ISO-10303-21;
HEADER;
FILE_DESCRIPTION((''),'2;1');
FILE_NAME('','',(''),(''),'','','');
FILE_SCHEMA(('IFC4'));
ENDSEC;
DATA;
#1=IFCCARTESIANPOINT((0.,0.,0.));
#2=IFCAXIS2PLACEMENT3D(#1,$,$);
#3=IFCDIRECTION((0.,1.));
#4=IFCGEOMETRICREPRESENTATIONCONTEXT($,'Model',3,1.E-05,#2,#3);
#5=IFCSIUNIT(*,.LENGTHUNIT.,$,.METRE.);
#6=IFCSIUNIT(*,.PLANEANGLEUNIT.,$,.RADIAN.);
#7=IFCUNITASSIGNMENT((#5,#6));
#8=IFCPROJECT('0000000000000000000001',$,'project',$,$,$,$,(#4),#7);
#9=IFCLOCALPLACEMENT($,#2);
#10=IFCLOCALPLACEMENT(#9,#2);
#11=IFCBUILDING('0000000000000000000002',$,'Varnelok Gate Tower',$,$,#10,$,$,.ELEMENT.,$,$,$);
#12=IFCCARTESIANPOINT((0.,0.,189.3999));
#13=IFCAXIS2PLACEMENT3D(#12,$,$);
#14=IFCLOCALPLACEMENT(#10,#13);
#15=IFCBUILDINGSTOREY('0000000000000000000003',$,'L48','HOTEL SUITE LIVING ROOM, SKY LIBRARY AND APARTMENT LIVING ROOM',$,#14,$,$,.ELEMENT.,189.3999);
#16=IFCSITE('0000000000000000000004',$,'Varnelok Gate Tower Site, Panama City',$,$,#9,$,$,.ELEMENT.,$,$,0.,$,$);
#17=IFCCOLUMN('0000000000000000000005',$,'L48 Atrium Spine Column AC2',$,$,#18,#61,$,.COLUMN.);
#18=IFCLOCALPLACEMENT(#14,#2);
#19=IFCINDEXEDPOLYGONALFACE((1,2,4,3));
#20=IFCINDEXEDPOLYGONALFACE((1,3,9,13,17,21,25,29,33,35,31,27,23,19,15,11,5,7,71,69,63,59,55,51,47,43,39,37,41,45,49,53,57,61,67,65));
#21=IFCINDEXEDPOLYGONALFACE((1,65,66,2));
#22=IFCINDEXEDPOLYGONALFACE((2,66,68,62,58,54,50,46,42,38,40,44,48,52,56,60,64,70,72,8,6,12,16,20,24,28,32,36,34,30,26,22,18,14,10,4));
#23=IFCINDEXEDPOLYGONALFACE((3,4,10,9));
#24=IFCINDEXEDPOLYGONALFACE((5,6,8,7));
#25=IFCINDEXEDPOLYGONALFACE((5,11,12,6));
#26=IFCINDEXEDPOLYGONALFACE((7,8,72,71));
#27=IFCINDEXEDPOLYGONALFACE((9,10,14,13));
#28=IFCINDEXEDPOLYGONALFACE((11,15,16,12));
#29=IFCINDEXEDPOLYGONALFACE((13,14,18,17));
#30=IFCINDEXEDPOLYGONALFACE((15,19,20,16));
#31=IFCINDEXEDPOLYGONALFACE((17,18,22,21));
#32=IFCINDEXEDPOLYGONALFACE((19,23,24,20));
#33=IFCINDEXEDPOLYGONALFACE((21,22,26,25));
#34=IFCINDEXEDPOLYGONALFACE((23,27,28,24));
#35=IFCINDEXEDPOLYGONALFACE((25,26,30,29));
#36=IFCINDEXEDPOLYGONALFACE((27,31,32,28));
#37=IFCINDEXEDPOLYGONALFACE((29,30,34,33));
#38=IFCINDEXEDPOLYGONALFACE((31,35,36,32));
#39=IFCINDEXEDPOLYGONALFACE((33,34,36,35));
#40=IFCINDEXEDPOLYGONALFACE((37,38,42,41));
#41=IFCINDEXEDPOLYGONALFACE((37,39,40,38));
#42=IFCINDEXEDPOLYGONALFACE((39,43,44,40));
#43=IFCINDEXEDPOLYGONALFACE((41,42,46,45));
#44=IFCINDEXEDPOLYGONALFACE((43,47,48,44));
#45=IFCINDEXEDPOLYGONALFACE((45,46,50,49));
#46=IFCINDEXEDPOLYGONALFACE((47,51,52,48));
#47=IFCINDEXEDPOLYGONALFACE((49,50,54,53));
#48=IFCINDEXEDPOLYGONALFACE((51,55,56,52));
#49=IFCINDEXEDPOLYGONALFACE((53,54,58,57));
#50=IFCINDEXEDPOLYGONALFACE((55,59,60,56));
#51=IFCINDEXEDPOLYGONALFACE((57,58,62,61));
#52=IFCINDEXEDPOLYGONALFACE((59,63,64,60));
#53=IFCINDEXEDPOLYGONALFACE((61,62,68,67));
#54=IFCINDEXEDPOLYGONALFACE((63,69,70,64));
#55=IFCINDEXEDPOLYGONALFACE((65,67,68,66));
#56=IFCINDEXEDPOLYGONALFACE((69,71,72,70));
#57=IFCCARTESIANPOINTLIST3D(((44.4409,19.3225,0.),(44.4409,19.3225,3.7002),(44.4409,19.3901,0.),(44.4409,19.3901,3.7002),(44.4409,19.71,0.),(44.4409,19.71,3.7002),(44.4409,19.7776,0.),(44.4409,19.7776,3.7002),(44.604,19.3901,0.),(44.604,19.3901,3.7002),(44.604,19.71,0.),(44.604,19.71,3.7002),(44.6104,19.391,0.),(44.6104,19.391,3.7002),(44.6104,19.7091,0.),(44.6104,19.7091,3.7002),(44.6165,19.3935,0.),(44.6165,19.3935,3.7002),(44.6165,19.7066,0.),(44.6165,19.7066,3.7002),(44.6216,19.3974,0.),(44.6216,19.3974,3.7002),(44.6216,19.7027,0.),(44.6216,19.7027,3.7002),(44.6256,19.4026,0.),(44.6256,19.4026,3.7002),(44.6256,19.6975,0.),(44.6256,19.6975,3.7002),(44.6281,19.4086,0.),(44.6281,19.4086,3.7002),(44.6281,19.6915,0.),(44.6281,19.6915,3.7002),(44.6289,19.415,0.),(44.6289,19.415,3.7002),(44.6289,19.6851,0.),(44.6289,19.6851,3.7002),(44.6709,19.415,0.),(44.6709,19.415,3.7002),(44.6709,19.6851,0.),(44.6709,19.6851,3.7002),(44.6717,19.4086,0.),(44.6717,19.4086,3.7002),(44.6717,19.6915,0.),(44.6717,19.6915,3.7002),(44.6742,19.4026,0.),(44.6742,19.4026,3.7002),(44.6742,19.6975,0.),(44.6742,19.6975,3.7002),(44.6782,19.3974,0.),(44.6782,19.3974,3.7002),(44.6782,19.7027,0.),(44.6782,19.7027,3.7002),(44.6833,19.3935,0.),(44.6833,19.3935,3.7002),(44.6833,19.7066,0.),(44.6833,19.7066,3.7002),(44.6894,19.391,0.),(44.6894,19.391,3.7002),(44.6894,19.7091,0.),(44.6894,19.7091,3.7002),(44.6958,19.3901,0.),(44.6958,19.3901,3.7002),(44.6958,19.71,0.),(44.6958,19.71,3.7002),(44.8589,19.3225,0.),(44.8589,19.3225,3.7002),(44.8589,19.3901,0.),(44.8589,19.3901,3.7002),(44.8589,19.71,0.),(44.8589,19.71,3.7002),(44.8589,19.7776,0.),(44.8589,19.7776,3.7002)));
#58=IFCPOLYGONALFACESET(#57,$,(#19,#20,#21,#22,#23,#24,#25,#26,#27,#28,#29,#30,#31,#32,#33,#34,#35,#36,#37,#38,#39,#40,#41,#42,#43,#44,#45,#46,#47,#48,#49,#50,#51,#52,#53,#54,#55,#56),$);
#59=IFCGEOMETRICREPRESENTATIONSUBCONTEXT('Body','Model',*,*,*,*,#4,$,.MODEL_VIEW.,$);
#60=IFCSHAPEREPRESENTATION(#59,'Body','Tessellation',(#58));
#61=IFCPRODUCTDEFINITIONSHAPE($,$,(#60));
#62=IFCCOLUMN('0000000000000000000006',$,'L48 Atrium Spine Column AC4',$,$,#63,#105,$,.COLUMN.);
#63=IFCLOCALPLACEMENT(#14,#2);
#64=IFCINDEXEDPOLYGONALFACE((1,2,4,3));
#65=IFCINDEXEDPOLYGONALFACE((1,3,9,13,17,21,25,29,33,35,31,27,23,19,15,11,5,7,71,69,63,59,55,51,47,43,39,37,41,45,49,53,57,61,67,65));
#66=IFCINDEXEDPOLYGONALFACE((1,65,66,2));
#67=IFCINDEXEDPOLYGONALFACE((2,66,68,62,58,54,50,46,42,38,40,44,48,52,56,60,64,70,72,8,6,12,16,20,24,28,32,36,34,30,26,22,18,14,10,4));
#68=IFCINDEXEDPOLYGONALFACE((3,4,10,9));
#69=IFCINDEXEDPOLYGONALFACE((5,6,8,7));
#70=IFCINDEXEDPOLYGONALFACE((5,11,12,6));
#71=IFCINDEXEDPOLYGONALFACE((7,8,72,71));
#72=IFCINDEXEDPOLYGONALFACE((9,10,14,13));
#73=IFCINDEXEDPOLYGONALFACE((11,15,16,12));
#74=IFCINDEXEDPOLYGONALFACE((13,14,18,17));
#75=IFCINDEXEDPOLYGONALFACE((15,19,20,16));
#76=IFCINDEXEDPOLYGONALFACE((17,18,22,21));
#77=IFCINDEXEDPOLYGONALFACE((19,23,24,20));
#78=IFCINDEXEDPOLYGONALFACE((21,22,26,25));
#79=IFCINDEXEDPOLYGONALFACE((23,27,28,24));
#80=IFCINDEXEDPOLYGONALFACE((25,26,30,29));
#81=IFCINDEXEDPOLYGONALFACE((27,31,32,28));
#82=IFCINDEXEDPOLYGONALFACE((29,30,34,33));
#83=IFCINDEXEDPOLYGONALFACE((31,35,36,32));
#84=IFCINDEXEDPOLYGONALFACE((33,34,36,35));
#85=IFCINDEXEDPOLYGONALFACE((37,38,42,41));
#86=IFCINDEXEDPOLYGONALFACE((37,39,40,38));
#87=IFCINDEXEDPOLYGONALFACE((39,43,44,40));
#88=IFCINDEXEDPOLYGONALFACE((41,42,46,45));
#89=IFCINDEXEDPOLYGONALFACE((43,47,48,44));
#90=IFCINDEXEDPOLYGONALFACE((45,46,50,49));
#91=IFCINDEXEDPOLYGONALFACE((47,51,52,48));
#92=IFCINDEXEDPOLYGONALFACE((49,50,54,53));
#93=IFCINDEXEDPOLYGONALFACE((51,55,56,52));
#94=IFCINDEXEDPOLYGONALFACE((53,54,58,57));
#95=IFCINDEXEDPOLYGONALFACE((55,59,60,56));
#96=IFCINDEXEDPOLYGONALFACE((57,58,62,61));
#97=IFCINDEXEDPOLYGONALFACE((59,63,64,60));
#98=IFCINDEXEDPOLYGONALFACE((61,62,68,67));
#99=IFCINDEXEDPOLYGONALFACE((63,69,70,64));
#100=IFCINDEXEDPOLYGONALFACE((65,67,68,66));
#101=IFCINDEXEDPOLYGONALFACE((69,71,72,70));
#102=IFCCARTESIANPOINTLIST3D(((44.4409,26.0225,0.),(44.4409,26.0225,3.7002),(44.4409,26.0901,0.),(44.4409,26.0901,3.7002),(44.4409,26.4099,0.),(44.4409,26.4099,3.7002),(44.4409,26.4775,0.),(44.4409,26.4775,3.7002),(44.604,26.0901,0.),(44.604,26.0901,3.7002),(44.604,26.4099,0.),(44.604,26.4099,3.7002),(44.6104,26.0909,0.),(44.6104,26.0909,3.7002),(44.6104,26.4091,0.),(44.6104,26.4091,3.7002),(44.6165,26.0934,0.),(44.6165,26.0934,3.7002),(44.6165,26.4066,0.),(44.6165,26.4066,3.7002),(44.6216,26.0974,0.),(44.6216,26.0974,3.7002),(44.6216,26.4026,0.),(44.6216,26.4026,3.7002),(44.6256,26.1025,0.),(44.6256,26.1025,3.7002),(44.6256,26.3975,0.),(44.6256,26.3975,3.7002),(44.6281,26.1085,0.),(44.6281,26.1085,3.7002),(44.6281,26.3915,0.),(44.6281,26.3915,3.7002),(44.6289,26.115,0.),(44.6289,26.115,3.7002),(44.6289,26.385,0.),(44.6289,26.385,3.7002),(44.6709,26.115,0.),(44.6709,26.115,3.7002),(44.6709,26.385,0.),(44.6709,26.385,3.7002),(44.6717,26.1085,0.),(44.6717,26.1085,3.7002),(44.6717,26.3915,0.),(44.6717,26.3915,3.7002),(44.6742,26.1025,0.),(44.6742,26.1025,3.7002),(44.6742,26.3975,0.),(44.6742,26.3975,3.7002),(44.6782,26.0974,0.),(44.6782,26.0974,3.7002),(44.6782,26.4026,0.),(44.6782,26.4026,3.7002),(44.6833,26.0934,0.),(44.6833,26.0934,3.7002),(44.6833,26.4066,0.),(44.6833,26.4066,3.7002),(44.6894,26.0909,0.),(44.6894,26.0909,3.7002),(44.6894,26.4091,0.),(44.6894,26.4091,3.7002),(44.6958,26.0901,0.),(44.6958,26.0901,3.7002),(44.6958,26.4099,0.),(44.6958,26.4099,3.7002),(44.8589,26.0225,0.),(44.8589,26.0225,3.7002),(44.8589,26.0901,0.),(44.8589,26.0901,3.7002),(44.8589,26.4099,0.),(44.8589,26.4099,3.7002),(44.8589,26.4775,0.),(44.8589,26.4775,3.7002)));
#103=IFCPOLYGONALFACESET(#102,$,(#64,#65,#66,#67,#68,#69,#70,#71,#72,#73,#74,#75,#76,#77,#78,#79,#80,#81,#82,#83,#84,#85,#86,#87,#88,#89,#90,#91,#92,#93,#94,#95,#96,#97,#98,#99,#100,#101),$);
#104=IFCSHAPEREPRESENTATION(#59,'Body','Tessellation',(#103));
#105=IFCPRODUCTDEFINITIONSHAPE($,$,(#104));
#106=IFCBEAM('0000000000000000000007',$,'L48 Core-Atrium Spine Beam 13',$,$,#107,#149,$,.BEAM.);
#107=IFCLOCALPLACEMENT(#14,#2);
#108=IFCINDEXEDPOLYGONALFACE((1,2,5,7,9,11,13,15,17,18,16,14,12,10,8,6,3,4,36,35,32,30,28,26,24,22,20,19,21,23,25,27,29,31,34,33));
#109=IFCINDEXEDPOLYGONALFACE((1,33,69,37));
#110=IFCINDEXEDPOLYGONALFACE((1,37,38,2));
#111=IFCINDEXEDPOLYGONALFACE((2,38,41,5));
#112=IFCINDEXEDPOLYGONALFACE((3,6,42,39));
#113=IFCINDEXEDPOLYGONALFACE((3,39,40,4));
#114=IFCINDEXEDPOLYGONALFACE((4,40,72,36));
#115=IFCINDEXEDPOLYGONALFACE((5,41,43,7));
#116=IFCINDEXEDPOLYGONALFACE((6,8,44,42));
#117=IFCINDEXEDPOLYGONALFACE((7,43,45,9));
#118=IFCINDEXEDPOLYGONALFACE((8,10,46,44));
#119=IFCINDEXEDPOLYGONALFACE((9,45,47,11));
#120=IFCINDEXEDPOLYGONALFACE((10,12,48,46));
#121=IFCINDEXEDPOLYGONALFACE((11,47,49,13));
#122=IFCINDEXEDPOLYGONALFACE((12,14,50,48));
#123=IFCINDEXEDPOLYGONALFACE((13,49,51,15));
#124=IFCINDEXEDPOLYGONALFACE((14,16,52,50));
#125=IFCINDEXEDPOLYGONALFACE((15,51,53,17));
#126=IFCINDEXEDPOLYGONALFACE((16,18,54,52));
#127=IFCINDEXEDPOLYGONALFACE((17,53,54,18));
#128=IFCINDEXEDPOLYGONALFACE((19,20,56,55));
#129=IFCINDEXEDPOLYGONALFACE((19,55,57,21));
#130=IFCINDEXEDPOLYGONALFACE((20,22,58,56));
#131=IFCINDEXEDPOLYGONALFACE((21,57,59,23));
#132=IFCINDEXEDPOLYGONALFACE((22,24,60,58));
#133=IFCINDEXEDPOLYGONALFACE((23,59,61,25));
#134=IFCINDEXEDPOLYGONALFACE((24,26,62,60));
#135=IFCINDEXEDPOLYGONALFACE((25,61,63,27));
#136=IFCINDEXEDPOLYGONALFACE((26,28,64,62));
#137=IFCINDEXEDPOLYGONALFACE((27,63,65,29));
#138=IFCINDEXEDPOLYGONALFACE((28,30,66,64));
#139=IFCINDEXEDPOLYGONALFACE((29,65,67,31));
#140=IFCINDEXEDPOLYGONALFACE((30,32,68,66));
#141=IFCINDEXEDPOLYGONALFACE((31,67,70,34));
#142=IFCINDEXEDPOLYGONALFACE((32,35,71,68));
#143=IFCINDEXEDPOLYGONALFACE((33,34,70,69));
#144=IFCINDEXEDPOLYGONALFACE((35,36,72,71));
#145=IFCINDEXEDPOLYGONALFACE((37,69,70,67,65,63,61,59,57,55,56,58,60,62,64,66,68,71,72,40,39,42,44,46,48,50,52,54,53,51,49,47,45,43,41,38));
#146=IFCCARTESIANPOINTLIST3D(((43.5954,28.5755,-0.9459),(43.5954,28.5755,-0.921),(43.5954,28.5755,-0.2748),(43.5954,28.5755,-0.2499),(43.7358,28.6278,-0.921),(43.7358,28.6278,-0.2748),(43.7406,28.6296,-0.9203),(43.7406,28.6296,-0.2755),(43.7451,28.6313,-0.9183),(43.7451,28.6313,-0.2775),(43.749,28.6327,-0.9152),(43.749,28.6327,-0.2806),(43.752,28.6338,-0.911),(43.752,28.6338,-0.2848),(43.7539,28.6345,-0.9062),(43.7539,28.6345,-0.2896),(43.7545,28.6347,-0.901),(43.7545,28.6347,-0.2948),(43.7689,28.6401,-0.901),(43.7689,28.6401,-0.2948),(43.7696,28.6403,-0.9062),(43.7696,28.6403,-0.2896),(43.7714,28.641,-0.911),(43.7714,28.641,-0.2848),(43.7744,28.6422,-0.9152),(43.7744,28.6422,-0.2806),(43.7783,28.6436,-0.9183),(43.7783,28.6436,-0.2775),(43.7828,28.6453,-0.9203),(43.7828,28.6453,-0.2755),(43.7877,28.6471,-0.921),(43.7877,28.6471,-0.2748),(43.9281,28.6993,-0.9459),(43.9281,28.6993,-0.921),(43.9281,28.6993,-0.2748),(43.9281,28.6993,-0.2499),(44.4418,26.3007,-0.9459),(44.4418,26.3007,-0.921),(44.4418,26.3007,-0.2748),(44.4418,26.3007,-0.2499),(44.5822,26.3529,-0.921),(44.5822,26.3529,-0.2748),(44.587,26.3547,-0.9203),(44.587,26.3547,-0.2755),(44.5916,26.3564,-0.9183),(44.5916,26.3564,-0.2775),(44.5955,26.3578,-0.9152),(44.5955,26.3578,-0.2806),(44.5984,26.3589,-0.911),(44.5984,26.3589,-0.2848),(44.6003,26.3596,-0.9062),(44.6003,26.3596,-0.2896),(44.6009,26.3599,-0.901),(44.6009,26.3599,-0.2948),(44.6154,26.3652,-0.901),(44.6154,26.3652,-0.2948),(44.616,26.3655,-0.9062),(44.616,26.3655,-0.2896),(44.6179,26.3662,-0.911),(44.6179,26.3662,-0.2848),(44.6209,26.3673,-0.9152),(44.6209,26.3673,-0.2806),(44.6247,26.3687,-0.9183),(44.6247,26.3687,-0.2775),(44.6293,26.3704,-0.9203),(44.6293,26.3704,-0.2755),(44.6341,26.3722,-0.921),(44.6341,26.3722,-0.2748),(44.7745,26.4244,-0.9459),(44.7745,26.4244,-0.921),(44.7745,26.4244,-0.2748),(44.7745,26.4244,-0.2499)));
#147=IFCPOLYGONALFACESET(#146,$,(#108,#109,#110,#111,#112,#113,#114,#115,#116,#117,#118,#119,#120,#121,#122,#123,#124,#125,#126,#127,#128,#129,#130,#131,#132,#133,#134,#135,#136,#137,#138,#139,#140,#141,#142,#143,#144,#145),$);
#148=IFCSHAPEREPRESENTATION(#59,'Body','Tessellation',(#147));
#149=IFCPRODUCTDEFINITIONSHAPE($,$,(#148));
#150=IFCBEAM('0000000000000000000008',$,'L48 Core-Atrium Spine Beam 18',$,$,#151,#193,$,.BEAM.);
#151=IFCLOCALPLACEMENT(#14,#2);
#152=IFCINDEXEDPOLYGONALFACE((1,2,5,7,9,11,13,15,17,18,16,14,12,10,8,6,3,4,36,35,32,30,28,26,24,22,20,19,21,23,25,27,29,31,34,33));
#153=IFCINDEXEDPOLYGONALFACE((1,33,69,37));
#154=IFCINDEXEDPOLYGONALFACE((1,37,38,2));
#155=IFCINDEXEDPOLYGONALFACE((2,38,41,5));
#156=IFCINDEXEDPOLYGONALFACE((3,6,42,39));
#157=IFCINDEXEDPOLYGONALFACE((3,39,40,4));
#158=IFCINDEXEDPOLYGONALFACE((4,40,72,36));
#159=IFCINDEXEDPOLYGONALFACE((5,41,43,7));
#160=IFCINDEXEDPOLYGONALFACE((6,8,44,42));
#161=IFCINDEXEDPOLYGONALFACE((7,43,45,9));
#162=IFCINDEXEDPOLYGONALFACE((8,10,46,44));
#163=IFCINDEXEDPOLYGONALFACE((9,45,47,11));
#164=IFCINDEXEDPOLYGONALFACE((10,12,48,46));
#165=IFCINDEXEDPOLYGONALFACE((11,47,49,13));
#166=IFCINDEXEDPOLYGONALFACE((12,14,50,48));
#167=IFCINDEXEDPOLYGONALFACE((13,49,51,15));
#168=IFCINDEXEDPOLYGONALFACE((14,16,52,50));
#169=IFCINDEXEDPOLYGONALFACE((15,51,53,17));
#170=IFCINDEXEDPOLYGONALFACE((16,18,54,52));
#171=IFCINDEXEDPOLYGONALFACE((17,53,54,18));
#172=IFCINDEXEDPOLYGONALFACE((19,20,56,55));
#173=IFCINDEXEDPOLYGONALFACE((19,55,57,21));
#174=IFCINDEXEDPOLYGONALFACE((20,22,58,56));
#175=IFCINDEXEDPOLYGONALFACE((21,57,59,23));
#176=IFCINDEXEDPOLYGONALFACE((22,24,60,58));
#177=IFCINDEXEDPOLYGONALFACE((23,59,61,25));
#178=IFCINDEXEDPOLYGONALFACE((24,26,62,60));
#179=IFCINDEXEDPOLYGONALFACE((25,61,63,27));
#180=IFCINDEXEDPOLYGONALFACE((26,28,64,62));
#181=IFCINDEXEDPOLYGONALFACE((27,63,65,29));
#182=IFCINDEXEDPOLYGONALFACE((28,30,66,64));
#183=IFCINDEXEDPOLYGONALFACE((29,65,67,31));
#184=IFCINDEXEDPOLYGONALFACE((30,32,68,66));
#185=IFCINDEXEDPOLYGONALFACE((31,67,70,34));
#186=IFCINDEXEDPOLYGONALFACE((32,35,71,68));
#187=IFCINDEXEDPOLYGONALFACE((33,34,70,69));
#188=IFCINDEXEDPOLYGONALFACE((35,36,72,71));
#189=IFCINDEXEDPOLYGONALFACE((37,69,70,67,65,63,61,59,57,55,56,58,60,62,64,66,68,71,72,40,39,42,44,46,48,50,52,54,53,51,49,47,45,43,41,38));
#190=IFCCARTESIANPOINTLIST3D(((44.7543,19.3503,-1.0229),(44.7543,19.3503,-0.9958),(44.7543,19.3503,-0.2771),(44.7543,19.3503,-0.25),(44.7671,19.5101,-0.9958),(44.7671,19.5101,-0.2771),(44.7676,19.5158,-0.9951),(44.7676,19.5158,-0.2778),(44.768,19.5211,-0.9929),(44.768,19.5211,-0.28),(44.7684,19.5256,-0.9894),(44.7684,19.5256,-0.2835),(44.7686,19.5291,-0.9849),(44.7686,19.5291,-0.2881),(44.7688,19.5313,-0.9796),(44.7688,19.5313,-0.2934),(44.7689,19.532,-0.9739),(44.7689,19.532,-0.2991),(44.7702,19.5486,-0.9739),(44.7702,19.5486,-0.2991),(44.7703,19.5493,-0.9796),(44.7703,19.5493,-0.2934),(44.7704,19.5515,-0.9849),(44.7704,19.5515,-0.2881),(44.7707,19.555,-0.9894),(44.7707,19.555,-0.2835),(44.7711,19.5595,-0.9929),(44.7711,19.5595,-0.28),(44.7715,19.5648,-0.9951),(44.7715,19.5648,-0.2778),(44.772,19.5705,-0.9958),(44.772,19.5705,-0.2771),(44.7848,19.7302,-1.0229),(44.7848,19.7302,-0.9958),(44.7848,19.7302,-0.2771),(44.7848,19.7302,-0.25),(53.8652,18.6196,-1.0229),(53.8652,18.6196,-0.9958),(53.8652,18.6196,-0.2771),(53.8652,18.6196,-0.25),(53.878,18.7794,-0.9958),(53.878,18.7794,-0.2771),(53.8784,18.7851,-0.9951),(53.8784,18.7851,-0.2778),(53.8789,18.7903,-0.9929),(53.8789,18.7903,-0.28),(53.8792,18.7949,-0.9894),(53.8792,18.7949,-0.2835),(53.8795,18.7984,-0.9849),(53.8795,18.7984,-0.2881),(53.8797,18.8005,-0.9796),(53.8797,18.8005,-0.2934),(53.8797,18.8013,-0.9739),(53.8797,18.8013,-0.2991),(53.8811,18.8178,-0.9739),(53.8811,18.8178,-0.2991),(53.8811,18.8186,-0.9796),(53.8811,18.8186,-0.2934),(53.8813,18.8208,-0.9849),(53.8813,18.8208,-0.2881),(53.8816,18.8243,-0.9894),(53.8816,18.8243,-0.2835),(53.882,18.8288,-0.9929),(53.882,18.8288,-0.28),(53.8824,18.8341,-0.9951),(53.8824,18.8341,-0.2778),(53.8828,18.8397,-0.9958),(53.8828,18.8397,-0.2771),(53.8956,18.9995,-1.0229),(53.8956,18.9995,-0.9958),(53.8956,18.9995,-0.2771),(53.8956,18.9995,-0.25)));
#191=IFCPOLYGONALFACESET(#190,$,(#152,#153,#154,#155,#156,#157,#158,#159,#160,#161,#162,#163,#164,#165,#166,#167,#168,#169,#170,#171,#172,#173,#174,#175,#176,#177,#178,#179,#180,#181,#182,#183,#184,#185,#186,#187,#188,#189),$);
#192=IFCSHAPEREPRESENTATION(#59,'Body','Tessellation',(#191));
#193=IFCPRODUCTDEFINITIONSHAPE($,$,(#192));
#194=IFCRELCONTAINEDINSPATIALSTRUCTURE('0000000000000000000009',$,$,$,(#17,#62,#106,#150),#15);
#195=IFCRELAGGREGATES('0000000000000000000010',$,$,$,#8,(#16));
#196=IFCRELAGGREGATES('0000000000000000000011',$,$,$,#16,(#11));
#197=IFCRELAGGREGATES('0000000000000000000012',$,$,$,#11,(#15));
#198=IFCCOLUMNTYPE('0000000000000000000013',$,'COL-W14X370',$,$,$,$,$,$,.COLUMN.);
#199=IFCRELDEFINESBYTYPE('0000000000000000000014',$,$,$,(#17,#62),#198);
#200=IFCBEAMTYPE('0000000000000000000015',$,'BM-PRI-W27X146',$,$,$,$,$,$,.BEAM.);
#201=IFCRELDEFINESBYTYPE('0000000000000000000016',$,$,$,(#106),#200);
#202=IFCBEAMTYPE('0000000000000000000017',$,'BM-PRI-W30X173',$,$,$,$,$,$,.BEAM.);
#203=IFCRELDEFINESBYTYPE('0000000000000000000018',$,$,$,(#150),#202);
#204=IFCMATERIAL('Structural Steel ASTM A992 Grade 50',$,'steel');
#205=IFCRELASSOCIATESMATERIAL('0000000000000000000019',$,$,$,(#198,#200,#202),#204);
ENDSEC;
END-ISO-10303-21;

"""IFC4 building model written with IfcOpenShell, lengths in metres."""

from ifc_helpers import new_model, si_unit, direction, frame, origin, origin_2d, place, context, subcontext, project, spatial, i_section, extrude, material, material_profile, profile_set, type_object, element, save


model = new_model("IFC4")

# Units and contexts
model_context = context("Model", 3, precision=1e-05, world=origin(), true_north=direction((0.0, 1.0)))
body_context = subcontext(model_context, "Body", "Model", "MODEL_VIEW")
ifc_project = project(units=[si_unit("LENGTHUNIT", "METRE"), si_unit("PLANEANGLEUNIT", "RADIAN")], contexts=[model_context])

# Site, building, storey
site_placement = place(None, origin())
site = spatial("IfcSite", under=ifc_project, at=site_placement, Name="Varnelok Gate Tower Site, Panama City", CompositionType="ELEMENT", RefElevation=0.0)
building_placement = place(site_placement, origin())
building = spatial("IfcBuilding", under=site, at=building_placement, Name="Varnelok Gate Tower", CompositionType="ELEMENT")
storey_placement = place(building_placement, frame((0.0, 0.0, 189.3999)))
storey = spatial("IfcBuildingStorey", under=building, at=storey_placement, Name="L48", Description="HOTEL SUITE LIVING ROOM, SKY LIBRARY AND APARTMENT LIVING ROOM", CompositionType="ELEMENT", Elevation=189.3999)

# Columns
ifc_material_1 = material(Name="Structural Steel ASTM A992 Grade 50", Category="steel")
ifc_material_profile_1 = material_profile(ifc_material_1, i_section(OverallWidth=0.418, OverallDepth=0.4551, WebThickness=0.042, FlangeThickness=0.0676, FilletRadius=0.0249, at=origin_2d()), Name="W14X370")
ifc_profile_set_1 = profile_set([ifc_material_profile_1], Name="Structural Steel ASTM A992 Grade 50")
column_type = type_object("IfcColumnType", Name="COL-W14X370", PredefinedType="COLUMN", material=ifc_profile_set_1)
for number, where, z_axis, x_axis, name in (
    (1, (44.6499, 19.55, 0.0), (0.0, 0.0, 1.0), (1.0, 0.0, 0.0), "L48 Atrium Spine Column AC2"),
    (2, (44.6499, 26.25, 0.0), (0.0, 0.0, 1.0), (1.0, 0.0, 0.0), "L48 Atrium Spine Column AC4"),
):
    element("IfcColumn", number, at=place(storey_placement, frame(where, z_axis=z_axis, x_axis=x_axis)), inside=storey, type_object=column_type, Name=name, PredefinedType="COLUMN", context=body_context, shape_type="SweptSolid", body=[
        extrude(i_section(OverallWidth=0.418, OverallDepth=0.4551, WebThickness=0.042, FlangeThickness=0.0676, FilletRadius=0.0249, at=origin_2d()), origin(), (0.0, 0.0, 1.0), 3.7002),
    ])

# Beams
ifc_material_profile_2 = material_profile(ifc_material_1, i_section(OverallWidth=0.355, OverallDepth=0.696, WebThickness=0.0154, FlangeThickness=0.0249, FilletRadius=0.02, at=origin_2d()), Name="W27X146")
ifc_profile_set_2 = profile_set([ifc_material_profile_2], Name="Structural Steel ASTM A992 Grade 50")
beam_type_1 = type_object("IfcBeamType", Name="BM-PRI-W27X146", PredefinedType="BEAM", material=ifc_profile_set_2)
beam_1_placement = place(storey_placement, frame((44.6082, 26.3625, -0.5979), z_axis=(-0.348719, 0.937227, 0.0), x_axis=(-0.937227, -0.348719, 0.0)))
element("IfcBeam", 3, at=beam_1_placement, inside=storey, type_object=beam_type_1, Name="L48 Core-Atrium Spine Beam 13", PredefinedType="BEAM", context=body_context, shape_type="SweptSolid", body=[
    extrude(i_section(OverallWidth=0.355, OverallDepth=0.696, WebThickness=0.0154, FlangeThickness=0.0249, FilletRadius=0.02, at=origin_2d()), origin(), (0.0, 0.0, 1.0), 2.4272),
])
ifc_material_profile_3 = material_profile(ifc_material_1, i_section(OverallWidth=0.3811, OverallDepth=0.7729, WebThickness=0.0166, FlangeThickness=0.0271, FilletRadius=0.022, at=origin_2d()), Name="W30X173")
ifc_profile_set_3 = profile_set([ifc_material_profile_3], Name="Structural Steel ASTM A992 Grade 50")
beam_type_2 = type_object("IfcBeamType", Name="BM-PRI-W30X173", PredefinedType="BEAM", material=ifc_profile_set_3)
beam_2_placement = place(storey_placement, frame((44.7695, 19.5403, -0.6365), z_axis=(0.996799, -0.079946, 0.0), x_axis=(0.079946, 0.996799, 0.0)))
element("IfcBeam", 4, at=beam_2_placement, inside=storey, type_object=beam_type_2, Name="L48 Core-Atrium Spine Beam 18", PredefinedType="BEAM", context=body_context, shape_type="SweptSolid", body=[
    extrude(i_section(OverallWidth=0.3811, OverallDepth=0.7729, WebThickness=0.0166, FlangeThickness=0.0271, FilletRadius=0.022, at=origin_2d()), origin(), (0.0, 0.0, 1.0), 9.1401),
])

save(model, "model.ifc")
